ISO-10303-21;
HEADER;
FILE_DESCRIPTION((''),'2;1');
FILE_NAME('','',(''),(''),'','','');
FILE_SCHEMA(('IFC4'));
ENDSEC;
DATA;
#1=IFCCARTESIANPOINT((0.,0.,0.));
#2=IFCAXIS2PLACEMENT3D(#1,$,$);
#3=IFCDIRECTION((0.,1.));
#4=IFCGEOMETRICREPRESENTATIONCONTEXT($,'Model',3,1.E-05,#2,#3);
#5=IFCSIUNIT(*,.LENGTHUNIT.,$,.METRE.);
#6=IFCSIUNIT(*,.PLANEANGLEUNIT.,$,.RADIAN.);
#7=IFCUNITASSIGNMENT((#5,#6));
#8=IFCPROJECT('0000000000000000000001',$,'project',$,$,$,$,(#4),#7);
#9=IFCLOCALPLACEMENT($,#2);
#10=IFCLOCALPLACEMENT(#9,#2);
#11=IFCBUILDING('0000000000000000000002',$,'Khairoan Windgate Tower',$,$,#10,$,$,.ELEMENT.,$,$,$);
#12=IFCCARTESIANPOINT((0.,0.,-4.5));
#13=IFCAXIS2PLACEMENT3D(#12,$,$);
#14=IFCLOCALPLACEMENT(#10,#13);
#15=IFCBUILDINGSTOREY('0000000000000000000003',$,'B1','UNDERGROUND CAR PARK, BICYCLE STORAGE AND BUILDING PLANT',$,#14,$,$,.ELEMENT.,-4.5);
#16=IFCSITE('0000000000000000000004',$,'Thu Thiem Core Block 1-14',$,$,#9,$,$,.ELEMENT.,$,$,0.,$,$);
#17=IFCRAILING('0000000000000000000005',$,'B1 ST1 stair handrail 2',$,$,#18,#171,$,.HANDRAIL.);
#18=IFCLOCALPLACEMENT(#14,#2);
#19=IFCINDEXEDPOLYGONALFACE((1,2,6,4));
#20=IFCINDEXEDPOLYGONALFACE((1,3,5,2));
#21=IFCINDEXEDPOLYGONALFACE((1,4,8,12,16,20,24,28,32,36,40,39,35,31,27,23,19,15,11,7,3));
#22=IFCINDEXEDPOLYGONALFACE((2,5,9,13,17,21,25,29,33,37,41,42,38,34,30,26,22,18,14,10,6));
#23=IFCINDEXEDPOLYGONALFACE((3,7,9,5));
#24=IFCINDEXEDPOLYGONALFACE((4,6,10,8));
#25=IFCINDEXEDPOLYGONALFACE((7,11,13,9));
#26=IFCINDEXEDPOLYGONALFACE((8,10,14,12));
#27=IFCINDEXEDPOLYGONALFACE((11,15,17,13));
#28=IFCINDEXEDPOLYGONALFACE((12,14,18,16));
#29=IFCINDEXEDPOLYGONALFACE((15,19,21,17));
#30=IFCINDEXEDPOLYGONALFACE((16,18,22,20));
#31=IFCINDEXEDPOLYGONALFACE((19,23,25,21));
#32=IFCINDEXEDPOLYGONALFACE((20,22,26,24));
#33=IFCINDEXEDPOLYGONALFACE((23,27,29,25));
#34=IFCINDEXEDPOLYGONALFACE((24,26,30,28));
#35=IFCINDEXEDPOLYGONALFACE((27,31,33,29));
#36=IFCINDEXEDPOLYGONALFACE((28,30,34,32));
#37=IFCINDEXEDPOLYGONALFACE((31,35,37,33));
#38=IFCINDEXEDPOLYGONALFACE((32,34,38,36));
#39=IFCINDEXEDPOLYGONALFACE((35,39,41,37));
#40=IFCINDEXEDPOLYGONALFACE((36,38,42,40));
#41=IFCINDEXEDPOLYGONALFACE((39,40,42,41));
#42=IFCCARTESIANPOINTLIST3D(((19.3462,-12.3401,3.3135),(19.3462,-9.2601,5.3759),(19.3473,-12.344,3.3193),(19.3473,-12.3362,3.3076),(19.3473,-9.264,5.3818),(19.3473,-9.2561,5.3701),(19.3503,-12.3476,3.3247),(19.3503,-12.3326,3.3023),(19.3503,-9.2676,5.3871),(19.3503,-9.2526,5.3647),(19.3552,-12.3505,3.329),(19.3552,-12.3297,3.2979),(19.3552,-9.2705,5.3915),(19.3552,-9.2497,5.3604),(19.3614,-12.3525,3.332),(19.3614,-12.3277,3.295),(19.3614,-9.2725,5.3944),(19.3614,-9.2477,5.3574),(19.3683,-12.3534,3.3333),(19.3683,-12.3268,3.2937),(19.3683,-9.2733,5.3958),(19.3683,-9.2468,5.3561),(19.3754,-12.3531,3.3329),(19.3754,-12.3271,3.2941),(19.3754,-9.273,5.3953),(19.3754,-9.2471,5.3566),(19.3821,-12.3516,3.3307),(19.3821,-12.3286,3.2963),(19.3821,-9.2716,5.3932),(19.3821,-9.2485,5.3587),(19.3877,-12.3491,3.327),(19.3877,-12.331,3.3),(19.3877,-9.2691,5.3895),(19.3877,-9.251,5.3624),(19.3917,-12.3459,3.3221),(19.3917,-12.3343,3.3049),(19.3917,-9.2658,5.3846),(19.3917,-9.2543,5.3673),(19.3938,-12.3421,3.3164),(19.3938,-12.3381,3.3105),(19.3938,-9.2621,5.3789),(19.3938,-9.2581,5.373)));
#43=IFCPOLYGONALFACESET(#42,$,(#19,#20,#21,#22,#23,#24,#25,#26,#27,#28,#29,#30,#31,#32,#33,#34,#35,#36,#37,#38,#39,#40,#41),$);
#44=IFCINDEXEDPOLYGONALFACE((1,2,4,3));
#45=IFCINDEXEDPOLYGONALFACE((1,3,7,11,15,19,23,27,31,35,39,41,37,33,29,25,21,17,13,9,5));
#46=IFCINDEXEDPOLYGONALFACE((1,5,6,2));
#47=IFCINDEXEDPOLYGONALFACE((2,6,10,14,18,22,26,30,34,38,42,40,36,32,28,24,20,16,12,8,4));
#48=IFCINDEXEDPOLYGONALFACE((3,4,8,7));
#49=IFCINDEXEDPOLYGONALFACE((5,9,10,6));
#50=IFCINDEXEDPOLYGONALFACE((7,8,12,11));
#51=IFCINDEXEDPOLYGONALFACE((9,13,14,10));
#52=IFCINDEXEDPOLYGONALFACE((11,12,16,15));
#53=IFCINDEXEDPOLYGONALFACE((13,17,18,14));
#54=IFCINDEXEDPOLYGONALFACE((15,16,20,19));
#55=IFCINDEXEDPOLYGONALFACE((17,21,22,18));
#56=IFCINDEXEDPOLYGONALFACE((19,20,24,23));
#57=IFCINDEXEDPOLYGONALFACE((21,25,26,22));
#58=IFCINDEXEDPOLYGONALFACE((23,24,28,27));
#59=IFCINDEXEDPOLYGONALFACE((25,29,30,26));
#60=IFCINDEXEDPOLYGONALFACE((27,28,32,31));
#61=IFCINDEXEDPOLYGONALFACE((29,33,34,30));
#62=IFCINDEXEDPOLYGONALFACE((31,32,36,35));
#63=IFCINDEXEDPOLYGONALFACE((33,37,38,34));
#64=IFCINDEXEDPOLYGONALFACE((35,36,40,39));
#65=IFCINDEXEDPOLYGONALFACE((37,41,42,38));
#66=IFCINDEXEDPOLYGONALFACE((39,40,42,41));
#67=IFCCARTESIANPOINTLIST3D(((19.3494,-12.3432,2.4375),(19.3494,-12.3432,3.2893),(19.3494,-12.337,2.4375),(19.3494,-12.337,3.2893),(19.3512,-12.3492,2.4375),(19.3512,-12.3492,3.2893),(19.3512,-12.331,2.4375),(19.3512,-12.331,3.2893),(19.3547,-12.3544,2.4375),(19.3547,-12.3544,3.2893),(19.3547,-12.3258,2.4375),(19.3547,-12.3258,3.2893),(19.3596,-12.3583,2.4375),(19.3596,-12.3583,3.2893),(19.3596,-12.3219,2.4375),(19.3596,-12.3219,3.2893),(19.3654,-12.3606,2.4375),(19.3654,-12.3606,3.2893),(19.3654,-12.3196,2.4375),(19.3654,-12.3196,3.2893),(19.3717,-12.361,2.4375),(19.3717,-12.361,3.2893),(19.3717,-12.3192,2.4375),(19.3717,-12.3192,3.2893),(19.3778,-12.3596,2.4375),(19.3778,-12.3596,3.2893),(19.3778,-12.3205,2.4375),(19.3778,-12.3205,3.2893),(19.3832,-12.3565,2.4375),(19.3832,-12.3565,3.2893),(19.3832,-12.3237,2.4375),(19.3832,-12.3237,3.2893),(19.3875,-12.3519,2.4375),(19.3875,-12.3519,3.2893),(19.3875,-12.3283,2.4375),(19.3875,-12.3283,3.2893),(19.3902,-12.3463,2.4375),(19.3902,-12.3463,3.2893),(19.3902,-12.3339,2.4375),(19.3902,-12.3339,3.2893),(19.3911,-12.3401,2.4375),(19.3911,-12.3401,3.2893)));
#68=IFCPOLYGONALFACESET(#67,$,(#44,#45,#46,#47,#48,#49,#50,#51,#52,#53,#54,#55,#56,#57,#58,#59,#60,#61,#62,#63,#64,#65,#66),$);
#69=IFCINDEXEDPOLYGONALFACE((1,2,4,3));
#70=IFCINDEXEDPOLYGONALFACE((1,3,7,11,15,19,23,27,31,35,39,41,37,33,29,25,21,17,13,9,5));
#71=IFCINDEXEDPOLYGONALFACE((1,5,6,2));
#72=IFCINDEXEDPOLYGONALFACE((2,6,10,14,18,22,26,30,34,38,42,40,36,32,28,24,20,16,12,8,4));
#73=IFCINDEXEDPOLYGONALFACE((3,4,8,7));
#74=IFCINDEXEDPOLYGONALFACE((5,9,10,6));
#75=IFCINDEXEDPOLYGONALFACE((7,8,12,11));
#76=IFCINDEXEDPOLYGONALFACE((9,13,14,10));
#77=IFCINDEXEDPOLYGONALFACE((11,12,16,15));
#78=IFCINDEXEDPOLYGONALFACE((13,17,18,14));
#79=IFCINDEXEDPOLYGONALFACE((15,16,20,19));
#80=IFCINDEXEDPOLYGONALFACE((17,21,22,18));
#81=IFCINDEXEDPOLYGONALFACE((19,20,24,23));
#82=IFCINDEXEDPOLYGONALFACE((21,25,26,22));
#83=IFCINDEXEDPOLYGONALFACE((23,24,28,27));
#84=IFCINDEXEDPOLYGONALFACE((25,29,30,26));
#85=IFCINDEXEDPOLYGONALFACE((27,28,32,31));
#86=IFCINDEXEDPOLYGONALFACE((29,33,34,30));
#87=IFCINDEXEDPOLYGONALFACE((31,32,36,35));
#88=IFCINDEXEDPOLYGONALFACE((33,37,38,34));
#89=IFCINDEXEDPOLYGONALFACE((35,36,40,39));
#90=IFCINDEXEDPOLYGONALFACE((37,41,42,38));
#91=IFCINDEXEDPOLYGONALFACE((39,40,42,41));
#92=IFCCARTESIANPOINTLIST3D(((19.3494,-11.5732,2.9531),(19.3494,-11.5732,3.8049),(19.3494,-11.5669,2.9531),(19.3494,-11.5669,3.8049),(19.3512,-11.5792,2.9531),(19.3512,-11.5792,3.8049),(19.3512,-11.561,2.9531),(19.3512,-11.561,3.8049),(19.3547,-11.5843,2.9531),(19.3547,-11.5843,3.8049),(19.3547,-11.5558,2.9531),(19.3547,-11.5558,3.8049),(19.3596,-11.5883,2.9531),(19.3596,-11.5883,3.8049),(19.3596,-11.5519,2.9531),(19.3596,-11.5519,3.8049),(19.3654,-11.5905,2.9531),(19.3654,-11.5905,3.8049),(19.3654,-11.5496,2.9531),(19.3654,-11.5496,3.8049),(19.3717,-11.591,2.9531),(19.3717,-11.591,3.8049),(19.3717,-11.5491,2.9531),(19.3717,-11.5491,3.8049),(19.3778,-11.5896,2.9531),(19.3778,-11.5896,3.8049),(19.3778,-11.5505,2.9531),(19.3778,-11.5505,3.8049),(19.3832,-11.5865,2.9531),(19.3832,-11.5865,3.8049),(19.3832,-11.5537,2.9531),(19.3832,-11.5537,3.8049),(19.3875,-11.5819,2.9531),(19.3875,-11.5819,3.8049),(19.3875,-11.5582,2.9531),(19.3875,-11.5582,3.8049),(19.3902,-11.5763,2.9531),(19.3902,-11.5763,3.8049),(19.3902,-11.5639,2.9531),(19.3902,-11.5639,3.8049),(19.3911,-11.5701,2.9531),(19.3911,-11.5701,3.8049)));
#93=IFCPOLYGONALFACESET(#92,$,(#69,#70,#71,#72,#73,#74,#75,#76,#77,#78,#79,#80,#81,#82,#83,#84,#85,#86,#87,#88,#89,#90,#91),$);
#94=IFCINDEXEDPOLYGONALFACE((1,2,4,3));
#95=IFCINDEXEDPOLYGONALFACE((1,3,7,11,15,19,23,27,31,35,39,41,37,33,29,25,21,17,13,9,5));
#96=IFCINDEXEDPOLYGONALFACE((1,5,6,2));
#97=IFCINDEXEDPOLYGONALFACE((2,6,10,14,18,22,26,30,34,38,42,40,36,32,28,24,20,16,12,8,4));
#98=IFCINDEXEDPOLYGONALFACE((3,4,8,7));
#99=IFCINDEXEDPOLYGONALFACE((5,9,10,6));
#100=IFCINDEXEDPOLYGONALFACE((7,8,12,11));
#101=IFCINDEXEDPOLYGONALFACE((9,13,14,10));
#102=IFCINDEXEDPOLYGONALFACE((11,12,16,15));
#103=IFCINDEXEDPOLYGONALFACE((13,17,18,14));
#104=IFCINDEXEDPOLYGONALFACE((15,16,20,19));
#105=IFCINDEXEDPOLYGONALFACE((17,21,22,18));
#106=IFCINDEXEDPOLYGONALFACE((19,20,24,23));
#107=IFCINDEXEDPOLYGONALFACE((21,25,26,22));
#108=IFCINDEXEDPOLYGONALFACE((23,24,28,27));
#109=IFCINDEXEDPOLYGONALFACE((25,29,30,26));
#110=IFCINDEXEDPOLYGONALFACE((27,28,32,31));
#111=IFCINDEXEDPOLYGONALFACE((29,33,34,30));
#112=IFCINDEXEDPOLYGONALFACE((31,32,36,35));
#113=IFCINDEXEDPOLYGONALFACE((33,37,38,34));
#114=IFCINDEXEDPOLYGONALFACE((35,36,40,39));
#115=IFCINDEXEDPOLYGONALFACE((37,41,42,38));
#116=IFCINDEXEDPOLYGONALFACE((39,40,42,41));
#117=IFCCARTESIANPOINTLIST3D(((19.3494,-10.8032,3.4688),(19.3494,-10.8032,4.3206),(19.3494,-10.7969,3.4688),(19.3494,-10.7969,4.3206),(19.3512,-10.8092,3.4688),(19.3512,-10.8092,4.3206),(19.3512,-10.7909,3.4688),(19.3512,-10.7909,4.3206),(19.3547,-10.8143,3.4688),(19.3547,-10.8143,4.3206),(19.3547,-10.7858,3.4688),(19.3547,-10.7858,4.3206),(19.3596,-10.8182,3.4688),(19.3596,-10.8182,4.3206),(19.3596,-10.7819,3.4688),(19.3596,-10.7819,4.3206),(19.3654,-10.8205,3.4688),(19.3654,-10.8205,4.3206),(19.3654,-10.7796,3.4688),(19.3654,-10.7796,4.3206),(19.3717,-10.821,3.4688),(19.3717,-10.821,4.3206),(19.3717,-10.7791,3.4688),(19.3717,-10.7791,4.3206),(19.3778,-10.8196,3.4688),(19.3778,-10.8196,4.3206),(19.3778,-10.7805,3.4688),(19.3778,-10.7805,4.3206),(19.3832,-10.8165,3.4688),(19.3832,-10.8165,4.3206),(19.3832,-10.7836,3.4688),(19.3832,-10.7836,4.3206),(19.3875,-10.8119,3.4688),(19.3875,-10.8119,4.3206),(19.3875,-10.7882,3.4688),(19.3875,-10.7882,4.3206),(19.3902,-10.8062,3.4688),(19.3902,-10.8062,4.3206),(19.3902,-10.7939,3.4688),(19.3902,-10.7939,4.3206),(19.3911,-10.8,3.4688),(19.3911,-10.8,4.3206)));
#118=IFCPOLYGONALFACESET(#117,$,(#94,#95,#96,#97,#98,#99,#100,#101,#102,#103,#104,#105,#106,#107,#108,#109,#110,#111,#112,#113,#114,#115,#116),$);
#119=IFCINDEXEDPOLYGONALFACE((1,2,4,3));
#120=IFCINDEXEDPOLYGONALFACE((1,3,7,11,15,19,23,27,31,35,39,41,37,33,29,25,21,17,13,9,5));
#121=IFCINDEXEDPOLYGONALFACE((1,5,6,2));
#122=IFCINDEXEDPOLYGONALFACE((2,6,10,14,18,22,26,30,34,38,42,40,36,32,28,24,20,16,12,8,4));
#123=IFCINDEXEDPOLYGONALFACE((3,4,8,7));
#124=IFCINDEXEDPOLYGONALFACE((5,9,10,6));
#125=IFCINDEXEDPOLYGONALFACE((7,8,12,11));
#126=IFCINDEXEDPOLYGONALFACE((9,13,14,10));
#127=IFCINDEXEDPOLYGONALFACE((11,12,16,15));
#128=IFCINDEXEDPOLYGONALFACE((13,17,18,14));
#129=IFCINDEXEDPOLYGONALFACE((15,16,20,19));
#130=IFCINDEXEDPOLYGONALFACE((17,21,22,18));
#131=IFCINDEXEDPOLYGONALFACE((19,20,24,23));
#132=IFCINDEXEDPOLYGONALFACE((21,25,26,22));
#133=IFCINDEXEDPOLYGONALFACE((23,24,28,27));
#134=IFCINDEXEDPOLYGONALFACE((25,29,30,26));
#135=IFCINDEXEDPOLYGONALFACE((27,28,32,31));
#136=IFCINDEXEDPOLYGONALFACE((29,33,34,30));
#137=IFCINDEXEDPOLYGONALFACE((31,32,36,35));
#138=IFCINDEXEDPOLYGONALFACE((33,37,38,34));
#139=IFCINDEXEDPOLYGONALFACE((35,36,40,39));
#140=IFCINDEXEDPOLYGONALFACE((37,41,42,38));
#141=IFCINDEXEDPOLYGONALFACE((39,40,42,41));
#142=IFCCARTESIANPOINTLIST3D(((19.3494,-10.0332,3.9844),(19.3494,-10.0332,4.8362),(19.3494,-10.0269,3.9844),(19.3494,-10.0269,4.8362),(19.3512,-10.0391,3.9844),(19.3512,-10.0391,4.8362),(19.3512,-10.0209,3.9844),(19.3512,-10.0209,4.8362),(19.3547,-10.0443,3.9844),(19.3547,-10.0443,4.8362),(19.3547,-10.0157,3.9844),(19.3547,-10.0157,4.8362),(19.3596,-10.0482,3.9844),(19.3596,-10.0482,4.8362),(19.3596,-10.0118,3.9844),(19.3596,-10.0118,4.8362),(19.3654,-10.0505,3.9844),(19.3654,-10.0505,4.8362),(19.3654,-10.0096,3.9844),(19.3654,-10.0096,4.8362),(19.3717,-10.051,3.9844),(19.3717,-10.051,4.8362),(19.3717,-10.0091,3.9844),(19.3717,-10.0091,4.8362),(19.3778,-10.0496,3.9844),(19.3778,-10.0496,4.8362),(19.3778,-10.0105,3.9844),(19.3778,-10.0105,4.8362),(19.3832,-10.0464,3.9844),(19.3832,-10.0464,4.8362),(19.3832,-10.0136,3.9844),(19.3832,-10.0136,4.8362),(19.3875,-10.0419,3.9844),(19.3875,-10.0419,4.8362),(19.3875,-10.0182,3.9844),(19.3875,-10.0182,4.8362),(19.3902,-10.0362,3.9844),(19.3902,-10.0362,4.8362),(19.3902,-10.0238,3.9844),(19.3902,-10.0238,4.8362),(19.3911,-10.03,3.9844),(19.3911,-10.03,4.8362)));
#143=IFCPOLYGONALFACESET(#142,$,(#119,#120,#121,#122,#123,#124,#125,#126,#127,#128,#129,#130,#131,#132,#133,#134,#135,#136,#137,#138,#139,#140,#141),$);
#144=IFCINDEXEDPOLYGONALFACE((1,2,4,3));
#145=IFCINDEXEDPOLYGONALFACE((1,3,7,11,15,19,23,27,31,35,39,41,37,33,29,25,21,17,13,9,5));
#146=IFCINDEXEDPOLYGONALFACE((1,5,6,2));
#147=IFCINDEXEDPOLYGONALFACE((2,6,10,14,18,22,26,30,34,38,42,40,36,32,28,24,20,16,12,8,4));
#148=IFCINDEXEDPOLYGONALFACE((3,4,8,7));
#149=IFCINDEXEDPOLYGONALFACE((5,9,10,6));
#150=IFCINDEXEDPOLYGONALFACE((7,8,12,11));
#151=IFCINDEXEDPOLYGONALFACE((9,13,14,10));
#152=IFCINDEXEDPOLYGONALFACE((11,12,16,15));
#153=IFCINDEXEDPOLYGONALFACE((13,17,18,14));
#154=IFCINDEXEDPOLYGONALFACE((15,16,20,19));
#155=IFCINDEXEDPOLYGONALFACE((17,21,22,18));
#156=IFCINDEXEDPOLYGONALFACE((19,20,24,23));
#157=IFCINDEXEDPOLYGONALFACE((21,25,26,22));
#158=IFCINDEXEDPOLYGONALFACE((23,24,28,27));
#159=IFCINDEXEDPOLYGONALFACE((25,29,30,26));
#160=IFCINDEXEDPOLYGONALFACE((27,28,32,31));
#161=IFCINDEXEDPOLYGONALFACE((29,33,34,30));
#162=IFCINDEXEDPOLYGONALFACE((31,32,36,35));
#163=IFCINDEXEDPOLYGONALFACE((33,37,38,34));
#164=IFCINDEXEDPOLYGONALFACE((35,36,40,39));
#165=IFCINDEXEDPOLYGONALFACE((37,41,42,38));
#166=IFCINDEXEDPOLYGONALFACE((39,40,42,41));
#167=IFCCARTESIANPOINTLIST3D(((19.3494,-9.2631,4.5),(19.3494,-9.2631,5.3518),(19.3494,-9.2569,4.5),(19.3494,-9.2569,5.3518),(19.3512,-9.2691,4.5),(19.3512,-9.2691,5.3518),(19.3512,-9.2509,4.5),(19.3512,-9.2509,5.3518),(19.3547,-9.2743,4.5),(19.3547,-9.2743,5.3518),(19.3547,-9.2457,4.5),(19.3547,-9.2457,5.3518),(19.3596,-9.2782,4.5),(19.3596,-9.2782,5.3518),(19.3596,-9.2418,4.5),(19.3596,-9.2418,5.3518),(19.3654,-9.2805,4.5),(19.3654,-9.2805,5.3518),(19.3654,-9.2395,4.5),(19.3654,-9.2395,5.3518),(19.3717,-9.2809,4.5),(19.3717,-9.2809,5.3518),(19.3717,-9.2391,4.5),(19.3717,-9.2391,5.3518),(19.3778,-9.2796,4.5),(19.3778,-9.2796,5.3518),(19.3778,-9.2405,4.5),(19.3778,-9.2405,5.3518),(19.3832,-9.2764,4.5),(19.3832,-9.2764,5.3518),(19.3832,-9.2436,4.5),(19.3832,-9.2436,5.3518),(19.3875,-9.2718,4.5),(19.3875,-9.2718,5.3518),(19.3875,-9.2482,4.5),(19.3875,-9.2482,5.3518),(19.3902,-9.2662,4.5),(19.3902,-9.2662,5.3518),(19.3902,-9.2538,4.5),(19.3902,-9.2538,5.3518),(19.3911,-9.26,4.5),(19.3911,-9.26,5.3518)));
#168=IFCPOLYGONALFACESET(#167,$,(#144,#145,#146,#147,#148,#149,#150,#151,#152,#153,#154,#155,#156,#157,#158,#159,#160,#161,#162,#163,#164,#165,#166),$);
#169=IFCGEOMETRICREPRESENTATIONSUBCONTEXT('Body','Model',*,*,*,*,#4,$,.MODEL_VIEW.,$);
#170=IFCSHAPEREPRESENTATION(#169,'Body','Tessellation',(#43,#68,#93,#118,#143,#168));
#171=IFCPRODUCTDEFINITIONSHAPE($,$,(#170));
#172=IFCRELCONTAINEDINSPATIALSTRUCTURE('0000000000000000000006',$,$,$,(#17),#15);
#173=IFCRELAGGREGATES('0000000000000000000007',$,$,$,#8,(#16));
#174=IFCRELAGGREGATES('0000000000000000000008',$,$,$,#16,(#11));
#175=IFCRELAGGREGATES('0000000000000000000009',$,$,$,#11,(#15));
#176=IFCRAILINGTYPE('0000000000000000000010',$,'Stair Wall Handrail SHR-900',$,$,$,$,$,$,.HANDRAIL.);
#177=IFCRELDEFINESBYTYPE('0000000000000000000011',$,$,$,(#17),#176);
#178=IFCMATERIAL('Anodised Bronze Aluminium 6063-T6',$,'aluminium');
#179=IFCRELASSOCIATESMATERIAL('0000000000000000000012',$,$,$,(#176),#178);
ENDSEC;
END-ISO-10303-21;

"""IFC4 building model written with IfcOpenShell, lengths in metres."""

from ifc_helpers import new_model, si_unit, direction, frame, origin, origin_2d, place, context, subcontext, project, spatial, circle, extrude, material, type_object, element, save


model = new_model("IFC4")

# Units and contexts
model_context = context("Model", 3, precision=1e-05, world=origin(), true_north=direction((0.0, 1.0)))
body_context = subcontext(model_context, "Body", "Model", "MODEL_VIEW")
ifc_project = project(units=[si_unit("LENGTHUNIT", "METRE"), si_unit("PLANEANGLEUNIT", "RADIAN")], contexts=[model_context])

# Site, building, storey
site_placement = place(None, origin())
site = spatial("IfcSite", under=ifc_project, at=site_placement, Name="Thu Thiem Core Block 1-14", CompositionType="ELEMENT", RefElevation=0.0)
building_placement = place(site_placement, origin())
building = spatial("IfcBuilding", under=site, at=building_placement, Name="Khairoan Windgate Tower", CompositionType="ELEMENT")
storey_placement = place(building_placement, frame((0.0, 0.0, -4.5)))
storey = spatial("IfcBuildingStorey", under=building, at=storey_placement, Name="B1", Description="UNDERGROUND CAR PARK, BICYCLE STORAGE AND BUILDING PLANT", CompositionType="ELEMENT", Elevation=-4.5)

# Railing
ifc_material_1 = material(Name="Anodised Bronze Aluminium 6063-T6", Category="aluminium")
railing_type_1 = type_object("IfcRailingType", Name="Stair Wall Handrail SHR-900", PredefinedType="HANDRAIL", material=ifc_material_1)
railing_1_placement = place(storey_placement, frame((19.3701, -12.3401, 2.4375)))
element("IfcRailing", 1, at=railing_1_placement, inside=storey, type_object=railing_type_1, Name="B1 ST1 stair handrail 2", PredefinedType="HANDRAIL", context=body_context, shape_type="SweptSolid", body=[
    extrude(circle(Radius=0.0239, at=origin_2d()), frame((0.0, 0.0, 0.876), z_axis=(0.0, 0.830914, 0.556401), x_axis=(-1.0, 0.0, 0.0)), (0.0, 0.0, 1.0), 3.7068),
    extrude(circle(Radius=0.021, at=origin_2d()), origin(), (0.0, 0.0, 1.0), 0.8518),
    extrude(circle(Radius=0.021, at=origin_2d()), frame((0.0, 0.77, 0.5156)), (0.0, 0.0, 1.0), 0.8518),
    extrude(circle(Radius=0.021, at=origin_2d()), frame((0.0, 1.54, 1.0312)), (0.0, 0.0, 1.0), 0.8518),
    extrude(circle(Radius=0.021, at=origin_2d()), frame((0.0, 2.3101, 1.5469)), (0.0, 0.0, 1.0), 0.8518),
    extrude(circle(Radius=0.021, at=origin_2d()), frame((0.0, 3.0801, 2.0625)), (0.0, 0.0, 1.0), 0.8518),
])

save(model, "model.ifc")
